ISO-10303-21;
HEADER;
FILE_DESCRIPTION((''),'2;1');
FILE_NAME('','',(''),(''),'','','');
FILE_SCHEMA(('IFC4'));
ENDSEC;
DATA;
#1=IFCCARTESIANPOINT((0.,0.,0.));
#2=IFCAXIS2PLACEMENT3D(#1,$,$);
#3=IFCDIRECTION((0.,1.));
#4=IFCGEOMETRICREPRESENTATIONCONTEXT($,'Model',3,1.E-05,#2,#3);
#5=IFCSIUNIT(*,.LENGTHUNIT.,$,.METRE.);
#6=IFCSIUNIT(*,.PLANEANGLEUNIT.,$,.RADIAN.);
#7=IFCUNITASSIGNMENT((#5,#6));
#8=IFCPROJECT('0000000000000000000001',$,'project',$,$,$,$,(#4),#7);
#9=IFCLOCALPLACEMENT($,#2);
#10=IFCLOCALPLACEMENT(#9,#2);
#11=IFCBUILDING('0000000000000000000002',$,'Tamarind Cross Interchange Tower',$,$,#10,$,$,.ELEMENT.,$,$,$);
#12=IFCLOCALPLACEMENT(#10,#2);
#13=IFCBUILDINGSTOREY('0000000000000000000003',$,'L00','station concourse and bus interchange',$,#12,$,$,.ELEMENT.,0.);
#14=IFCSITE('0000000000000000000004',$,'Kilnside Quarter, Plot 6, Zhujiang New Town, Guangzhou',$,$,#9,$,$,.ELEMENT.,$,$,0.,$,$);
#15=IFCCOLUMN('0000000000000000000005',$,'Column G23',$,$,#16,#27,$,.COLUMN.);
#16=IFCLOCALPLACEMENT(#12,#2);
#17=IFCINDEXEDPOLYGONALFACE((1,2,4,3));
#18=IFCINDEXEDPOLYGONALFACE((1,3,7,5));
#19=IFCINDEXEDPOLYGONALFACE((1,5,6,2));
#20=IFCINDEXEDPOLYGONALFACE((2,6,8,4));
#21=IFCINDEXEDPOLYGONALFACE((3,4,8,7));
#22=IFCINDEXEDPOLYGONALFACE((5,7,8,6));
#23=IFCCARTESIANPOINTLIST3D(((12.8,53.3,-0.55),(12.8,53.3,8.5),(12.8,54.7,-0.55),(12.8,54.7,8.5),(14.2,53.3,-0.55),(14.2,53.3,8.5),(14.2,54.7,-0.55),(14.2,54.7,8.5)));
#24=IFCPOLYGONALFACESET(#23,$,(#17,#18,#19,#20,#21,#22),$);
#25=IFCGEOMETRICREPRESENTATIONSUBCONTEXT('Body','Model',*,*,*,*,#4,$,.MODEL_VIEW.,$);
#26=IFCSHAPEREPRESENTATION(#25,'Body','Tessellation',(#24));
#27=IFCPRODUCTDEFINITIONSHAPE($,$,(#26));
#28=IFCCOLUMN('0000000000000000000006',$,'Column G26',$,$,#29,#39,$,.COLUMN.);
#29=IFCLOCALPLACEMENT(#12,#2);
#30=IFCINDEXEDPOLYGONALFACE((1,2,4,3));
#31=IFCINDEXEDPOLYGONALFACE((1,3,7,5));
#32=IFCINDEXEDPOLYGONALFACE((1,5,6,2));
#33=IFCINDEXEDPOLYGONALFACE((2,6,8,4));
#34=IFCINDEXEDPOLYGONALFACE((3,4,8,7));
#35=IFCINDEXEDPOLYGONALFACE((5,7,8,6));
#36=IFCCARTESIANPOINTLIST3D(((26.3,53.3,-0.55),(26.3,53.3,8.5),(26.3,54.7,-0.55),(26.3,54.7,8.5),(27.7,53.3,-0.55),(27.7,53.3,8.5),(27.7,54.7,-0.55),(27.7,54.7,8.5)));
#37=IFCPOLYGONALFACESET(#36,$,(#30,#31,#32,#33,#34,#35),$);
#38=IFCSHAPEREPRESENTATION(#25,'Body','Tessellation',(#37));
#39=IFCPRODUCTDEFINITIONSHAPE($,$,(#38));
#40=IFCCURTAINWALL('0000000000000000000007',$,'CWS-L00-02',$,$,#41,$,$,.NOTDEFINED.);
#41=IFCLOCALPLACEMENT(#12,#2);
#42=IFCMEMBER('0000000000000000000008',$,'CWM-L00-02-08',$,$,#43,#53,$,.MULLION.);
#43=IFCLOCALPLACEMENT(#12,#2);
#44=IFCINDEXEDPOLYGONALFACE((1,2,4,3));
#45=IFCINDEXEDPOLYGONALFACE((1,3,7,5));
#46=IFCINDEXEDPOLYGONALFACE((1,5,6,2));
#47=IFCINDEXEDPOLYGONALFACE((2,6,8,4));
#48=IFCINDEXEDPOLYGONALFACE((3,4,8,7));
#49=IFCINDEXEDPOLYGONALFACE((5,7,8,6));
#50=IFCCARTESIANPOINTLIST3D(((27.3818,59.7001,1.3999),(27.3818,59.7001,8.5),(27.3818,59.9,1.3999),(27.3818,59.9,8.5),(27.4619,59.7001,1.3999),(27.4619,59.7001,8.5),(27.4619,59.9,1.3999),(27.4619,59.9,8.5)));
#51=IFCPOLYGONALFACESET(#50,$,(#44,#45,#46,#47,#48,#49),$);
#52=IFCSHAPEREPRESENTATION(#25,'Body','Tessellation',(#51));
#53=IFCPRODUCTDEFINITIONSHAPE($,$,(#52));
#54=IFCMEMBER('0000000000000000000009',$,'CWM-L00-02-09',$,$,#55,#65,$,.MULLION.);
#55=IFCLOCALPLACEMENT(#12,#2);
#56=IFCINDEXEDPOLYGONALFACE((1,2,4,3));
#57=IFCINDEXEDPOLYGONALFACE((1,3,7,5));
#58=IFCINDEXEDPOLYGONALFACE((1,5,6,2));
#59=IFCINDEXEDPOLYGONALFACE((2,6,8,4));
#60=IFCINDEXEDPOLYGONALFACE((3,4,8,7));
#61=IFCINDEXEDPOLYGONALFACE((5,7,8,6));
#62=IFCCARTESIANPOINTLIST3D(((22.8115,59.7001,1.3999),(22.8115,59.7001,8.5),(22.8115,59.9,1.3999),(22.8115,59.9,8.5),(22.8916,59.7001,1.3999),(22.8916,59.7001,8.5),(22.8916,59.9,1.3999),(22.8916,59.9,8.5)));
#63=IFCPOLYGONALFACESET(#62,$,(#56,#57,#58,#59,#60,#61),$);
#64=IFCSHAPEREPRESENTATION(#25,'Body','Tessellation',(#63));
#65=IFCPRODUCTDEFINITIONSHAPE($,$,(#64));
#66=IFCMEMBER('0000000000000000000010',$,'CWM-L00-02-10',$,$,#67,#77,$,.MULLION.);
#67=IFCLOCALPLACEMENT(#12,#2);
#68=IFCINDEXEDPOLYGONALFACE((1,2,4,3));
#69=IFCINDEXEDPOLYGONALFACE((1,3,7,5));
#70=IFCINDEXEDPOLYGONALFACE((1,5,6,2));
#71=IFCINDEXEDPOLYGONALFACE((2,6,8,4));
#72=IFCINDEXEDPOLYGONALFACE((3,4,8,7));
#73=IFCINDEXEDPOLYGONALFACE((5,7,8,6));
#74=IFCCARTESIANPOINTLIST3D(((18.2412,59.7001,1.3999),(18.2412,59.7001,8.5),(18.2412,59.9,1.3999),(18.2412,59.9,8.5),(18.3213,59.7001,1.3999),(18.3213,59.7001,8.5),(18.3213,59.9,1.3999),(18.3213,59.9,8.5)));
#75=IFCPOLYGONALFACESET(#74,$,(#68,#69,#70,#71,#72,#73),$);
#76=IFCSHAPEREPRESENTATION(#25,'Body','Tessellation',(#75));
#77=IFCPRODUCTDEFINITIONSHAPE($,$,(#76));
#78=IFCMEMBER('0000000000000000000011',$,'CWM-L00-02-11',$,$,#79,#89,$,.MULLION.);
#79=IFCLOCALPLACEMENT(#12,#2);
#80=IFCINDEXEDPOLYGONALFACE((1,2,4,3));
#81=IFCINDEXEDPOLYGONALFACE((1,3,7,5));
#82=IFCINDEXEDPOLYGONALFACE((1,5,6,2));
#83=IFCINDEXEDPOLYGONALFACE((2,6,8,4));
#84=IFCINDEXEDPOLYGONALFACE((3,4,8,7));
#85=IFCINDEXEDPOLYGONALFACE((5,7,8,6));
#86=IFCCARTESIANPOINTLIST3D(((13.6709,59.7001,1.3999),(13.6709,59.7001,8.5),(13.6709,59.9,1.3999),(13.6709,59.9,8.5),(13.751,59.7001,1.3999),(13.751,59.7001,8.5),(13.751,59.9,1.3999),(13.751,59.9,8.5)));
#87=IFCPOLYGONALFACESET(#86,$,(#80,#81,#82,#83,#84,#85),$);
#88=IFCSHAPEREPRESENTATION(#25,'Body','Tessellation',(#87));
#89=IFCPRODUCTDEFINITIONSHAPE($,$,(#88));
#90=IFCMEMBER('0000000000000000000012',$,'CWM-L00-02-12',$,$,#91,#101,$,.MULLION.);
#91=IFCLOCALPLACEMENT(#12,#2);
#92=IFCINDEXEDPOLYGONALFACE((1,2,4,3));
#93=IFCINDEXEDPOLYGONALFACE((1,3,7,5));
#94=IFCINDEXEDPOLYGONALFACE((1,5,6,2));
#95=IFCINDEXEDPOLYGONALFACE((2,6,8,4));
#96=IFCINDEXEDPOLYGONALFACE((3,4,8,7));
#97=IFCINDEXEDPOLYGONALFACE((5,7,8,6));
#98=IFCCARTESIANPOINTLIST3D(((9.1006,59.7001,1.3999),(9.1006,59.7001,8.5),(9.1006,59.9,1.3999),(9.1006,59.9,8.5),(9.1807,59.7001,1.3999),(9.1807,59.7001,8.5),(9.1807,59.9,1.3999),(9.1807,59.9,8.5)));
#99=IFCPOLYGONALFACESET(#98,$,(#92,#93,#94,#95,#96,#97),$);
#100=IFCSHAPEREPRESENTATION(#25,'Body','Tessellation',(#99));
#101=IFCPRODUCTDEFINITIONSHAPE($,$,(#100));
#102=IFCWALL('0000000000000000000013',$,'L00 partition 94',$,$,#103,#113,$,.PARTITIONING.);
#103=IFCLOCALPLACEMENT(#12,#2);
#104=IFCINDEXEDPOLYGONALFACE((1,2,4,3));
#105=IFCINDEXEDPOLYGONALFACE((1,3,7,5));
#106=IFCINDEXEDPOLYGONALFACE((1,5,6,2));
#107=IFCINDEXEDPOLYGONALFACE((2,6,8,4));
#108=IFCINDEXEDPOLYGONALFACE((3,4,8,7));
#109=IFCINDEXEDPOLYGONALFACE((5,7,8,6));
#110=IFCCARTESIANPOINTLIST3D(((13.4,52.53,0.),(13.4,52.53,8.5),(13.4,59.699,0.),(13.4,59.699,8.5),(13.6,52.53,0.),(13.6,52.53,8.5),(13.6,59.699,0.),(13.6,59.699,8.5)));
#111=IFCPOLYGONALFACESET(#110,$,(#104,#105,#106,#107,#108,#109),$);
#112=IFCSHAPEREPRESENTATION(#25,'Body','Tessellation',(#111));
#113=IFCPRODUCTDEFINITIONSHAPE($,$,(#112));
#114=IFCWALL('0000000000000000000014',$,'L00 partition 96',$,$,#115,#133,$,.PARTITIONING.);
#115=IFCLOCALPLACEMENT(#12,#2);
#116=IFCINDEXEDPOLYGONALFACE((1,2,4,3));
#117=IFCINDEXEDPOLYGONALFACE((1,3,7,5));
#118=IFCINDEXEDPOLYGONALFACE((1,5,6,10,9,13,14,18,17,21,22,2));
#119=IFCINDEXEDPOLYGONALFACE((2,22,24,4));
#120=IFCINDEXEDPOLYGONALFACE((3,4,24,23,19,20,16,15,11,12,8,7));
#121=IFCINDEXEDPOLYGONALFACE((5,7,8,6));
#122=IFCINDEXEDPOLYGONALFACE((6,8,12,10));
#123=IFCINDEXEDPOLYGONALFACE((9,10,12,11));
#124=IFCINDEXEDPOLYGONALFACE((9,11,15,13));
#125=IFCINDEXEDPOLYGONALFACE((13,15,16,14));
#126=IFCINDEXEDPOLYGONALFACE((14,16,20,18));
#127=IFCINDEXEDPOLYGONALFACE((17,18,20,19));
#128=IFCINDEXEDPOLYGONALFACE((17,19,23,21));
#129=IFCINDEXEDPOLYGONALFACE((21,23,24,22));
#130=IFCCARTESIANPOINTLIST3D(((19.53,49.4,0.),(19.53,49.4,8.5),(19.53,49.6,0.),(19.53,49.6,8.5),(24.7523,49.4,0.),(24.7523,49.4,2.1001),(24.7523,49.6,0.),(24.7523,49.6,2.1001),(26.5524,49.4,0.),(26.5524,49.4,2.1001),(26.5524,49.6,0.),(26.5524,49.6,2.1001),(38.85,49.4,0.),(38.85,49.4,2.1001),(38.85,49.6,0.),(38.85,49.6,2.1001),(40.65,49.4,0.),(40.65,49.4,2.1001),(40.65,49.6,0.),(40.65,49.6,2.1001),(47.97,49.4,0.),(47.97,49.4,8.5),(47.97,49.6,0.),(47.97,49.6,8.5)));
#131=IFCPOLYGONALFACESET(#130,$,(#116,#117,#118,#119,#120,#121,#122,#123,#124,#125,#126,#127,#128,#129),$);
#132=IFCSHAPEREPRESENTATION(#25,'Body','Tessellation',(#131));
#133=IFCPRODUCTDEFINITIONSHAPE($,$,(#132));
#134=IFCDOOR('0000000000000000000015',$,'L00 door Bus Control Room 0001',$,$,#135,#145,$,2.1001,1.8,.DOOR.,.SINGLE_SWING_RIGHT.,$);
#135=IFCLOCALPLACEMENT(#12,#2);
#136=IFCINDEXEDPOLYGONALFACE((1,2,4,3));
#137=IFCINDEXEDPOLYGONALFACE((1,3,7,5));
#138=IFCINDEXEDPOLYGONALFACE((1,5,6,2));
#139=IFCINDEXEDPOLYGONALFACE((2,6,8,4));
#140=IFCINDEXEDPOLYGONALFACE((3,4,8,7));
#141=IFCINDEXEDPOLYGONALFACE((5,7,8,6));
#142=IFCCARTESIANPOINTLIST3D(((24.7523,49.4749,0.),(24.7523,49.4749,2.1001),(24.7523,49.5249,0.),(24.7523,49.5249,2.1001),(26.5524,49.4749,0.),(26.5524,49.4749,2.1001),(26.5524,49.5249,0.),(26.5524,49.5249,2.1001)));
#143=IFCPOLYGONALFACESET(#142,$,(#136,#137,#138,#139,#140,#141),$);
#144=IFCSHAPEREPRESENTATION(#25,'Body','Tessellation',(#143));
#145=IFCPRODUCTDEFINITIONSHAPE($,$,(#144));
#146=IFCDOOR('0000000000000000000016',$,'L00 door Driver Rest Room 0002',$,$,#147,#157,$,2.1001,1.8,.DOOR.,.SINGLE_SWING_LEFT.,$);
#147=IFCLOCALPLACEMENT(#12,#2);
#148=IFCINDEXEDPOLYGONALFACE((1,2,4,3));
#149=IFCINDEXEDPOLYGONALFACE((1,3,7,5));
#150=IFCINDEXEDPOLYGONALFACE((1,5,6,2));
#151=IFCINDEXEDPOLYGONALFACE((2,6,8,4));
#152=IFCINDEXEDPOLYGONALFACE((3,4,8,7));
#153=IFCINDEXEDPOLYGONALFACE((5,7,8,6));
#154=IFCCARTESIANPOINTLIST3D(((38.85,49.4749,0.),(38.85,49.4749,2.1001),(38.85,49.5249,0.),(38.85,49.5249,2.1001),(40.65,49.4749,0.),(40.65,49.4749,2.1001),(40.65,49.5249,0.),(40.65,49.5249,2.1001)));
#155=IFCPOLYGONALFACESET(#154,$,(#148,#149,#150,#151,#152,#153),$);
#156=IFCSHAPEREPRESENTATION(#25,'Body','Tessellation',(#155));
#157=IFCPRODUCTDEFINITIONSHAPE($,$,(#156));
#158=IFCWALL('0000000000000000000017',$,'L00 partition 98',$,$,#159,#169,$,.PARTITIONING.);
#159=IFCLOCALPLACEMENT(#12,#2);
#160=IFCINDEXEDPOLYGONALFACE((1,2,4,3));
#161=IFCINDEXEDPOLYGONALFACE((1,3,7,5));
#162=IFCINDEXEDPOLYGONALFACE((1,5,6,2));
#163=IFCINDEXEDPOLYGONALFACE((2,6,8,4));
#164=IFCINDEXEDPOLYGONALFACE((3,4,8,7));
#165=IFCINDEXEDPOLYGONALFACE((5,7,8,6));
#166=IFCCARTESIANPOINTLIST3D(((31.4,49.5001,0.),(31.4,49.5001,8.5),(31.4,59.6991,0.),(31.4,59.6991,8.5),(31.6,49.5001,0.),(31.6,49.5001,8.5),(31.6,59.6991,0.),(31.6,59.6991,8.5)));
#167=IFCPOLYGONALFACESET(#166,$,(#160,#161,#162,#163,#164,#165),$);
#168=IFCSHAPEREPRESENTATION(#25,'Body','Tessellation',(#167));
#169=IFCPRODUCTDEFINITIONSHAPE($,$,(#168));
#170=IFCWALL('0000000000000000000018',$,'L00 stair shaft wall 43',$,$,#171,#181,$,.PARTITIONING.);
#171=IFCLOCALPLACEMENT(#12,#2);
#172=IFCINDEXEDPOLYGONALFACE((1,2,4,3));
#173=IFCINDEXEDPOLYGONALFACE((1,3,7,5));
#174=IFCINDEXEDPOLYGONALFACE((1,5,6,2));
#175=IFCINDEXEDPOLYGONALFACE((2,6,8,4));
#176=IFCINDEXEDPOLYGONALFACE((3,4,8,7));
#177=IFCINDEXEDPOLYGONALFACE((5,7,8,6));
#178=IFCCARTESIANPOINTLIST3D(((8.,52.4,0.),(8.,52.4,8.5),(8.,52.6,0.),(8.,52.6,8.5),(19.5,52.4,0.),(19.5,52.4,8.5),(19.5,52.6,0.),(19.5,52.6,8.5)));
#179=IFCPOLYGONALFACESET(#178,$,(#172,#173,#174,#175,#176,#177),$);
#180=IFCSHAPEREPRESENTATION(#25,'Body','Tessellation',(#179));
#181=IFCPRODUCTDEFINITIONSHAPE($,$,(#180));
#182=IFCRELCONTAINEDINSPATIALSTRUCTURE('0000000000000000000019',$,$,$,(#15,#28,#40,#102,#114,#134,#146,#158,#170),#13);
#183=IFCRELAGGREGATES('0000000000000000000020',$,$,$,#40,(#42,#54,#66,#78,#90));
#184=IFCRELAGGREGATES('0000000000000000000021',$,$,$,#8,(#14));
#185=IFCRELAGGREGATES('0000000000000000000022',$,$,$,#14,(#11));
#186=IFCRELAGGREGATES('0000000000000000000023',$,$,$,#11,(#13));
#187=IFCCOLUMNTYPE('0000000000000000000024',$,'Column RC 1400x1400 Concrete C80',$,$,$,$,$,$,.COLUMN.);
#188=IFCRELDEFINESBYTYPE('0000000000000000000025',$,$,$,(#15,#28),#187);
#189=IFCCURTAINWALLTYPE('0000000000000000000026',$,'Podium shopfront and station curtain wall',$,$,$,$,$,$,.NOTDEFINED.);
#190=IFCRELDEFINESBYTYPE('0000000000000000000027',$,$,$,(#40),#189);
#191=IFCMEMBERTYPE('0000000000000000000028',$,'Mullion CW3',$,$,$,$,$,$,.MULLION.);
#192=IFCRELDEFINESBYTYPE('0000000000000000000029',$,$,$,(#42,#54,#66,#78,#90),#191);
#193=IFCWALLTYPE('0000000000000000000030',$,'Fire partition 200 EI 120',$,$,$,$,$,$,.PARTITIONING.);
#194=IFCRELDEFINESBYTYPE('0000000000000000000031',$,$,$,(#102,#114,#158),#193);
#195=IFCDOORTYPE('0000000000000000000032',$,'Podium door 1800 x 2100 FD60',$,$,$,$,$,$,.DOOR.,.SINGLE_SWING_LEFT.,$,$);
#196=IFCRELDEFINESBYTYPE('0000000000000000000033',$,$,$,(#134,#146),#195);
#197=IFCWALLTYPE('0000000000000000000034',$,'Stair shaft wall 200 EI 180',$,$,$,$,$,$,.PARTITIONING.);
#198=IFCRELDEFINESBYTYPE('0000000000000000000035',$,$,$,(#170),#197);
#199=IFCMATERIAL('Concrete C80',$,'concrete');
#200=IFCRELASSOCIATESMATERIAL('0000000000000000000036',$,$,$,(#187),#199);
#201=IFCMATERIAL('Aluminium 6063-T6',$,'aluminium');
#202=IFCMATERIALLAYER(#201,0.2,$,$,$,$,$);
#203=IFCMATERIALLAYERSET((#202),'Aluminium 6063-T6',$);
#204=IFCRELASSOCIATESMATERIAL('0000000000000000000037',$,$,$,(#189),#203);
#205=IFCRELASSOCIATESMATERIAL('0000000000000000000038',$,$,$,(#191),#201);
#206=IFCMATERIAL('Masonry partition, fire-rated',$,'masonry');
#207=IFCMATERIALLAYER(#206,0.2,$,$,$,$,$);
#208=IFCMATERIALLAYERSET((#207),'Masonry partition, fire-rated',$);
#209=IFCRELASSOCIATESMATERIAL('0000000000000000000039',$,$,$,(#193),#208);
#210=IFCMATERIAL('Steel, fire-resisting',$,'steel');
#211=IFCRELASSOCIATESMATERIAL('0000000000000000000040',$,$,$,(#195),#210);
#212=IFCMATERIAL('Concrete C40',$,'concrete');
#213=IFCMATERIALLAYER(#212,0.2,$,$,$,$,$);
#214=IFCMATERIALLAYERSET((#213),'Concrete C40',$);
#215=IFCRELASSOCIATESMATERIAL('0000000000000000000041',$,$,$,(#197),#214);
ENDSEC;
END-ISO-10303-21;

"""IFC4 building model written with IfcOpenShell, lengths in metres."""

from ifc_helpers import new_model, si_unit, direction, frame, frame_2d, origin, origin_2d, place, context, subcontext, project, spatial, rectangle, extrude, material, layer, layer_set, material_profile, profile_set, type_object, element, fill, aggregate, save


model = new_model("IFC4")

# Units and contexts
model_context = context("Model", 3, precision=1e-05, world=origin(), true_north=direction((0.0, 1.0)))
body_context = subcontext(model_context, "Body", "Model", "MODEL_VIEW")
ifc_project = project(units=[si_unit("LENGTHUNIT", "METRE"), si_unit("PLANEANGLEUNIT", "RADIAN")], contexts=[model_context])

# Site, building, storey
site_placement = place(None, origin())
site = spatial("IfcSite", under=ifc_project, at=site_placement, Name="Kilnside Quarter, Plot 6, Zhujiang New Town, Guangzhou", CompositionType="ELEMENT", RefElevation=0.0)
building_placement = place(site_placement, origin())
building = spatial("IfcBuilding", under=site, at=building_placement, Name="Tamarind Cross Interchange Tower", CompositionType="ELEMENT")
storey_placement = place(building_placement, origin())
storey = spatial("IfcBuildingStorey", under=building, at=storey_placement, Name="L00", Description="station concourse and bus interchange", CompositionType="ELEMENT", Elevation=0.0)

# Columns
ifc_material_1 = material(Name="Concrete C80", Category="concrete")
ifc_material_profile_1 = material_profile(ifc_material_1, rectangle(XDim=1.3999, YDim=1.3999, at=origin_2d()), Name="RC 1400x1400")
ifc_profile_set_1 = profile_set([ifc_material_profile_1], Name="Concrete C80")
column_type = type_object("IfcColumnType", Name="Column RC 1400x1400 Concrete C80", PredefinedType="COLUMN", material=ifc_profile_set_1)
for number, where, z_axis, x_axis, name in (
    (1, (13.5, 54.0, -0.55), (0.0, 0.0, 1.0), (1.0, 0.0, 0.0), "Column G23"),
    (2, (27.0, 54.0, -0.55), (0.0, 0.0, 1.0), (1.0, 0.0, 0.0), "Column G26"),
):
    element("IfcColumn", number, at=place(storey_placement, frame(where, z_axis=z_axis, x_axis=x_axis)), inside=storey, type_object=column_type, Name=name, PredefinedType="COLUMN", context=body_context, shape_type="SweptSolid", body=[
        extrude(rectangle(XDim=1.3999, YDim=1.3999, at=origin_2d()), origin(), (0.0, 0.0, 1.0), 9.05),
    ])

# Curtain wall, members
ifc_material_2 = material(Name="Aluminium 6063-T6", Category="aluminium")
ifc_layer_1 = layer(ifc_material_2, 0.2)
ifc_layer_set_1 = layer_set([ifc_layer_1], Name="Aluminium 6063-T6")
curtain_wall_type = type_object("IfcCurtainWallType", Name="Podium shopfront and station curtain wall", PredefinedType="NOTDEFINED", material=ifc_layer_set_1)
curtain_wall_placement = place(storey_placement, origin())
curtain_wall = element("IfcCurtainWall", 3, at=curtain_wall_placement, inside=storey, type_object=curtain_wall_type, Name="CWS-L00-02", PredefinedType="NOTDEFINED")
ifc_material_profile_2 = material_profile(ifc_material_2, rectangle(XDim=0.0801, YDim=0.2, at=origin_2d()), Name="Mullion CW3")
ifc_profile_set_2 = profile_set([ifc_material_profile_2], Name="Aluminium 6063-T6")
member_type = type_object("IfcMemberType", Name="Mullion CW3", PredefinedType="MULLION", material=ifc_profile_set_2)
member_1_placement = place(storey_placement, frame((27.4219, 59.8, 1.3999), z_axis=(0.0, 0.0, 1.0), x_axis=(-1.0, 0.0, 0.0)))
member_1 = element("IfcMember", 4, at=member_1_placement, type_object=member_type, Name="CWM-L00-02-08", PredefinedType="MULLION", context=body_context, shape_type="SweptSolid", body=[
    extrude(rectangle(XDim=0.0801, YDim=0.2, at=origin_2d()), origin(), (0.0, 0.0, 1.0), 7.1001),
])
member_2_placement = place(storey_placement, frame((22.8516, 59.8, 1.3999), z_axis=(0.0, 0.0, 1.0), x_axis=(-1.0, 0.0, 0.0)))
member_2 = element("IfcMember", 5, at=member_2_placement, type_object=member_type, Name="CWM-L00-02-09", PredefinedType="MULLION", context=body_context, shape_type="SweptSolid", body=[
    extrude(rectangle(XDim=0.0801, YDim=0.2, at=origin_2d()), origin(), (0.0, 0.0, 1.0), 7.1001),
])
member_3_placement = place(storey_placement, frame((18.2812, 59.8, 1.3999), z_axis=(0.0, 0.0, 1.0), x_axis=(-1.0, 0.0, 0.0)))
member_3 = element("IfcMember", 6, at=member_3_placement, type_object=member_type, Name="CWM-L00-02-10", PredefinedType="MULLION", context=body_context, shape_type="SweptSolid", body=[
    extrude(rectangle(XDim=0.0801, YDim=0.2, at=origin_2d()), origin(), (0.0, 0.0, 1.0), 7.1001),
])
member_4_placement = place(storey_placement, frame((13.7109, 59.8, 1.3999), z_axis=(0.0, 0.0, 1.0), x_axis=(-1.0, 0.0, 0.0)))
member_4 = element("IfcMember", 7, at=member_4_placement, type_object=member_type, Name="CWM-L00-02-11", PredefinedType="MULLION", context=body_context, shape_type="SweptSolid", body=[
    extrude(rectangle(XDim=0.0801, YDim=0.2, at=origin_2d()), origin(), (0.0, 0.0, 1.0), 7.1001),
])
member_5_placement = place(storey_placement, frame((9.1406, 59.8, 1.3999), z_axis=(0.0, 0.0, 1.0), x_axis=(-1.0, 0.0, 0.0)))
member_5 = element("IfcMember", 8, at=member_5_placement, type_object=member_type, Name="CWM-L00-02-12", PredefinedType="MULLION", context=body_context, shape_type="SweptSolid", body=[
    extrude(rectangle(XDim=0.0801, YDim=0.2, at=origin_2d()), origin(), (0.0, 0.0, 1.0), 7.1001),
])
aggregate(curtain_wall, [member_1, member_2, member_3, member_4, member_5])

# Wall
ifc_material_3 = material(Name="Masonry partition, fire-rated", Category="masonry")
ifc_layer_2 = layer(ifc_material_3, 0.2)
ifc_layer_set_2 = layer_set([ifc_layer_2], Name="Masonry partition, fire-rated")
wall_type_1 = type_object("IfcWallType", Name="Fire partition 200 EI 120", PredefinedType="PARTITIONING", material=ifc_layer_set_2)
wall_1_placement = place(storey_placement, frame((13.5, 52.53, 0.0), z_axis=(0.0, 0.0, 1.0), x_axis=(0.0, 1.0, 0.0)))
element("IfcWall", 9, at=wall_1_placement, inside=storey, type_object=wall_type_1, Name="L00 partition 94", PredefinedType="PARTITIONING", context=body_context, shape_type="SweptSolid", body=[
    extrude(rectangle(XDim=7.1689, YDim=0.2, at=frame_2d((3.5845, 0.0))), origin(), (0.0, 0.0, 1.0), 8.5),
])

# Wall, openings, doors
wall_2_placement = place(storey_placement, frame((19.53, 49.5, 0.0), z_axis=(0.0, 0.0, 1.0), x_axis=(1.0, 0.0, 0.0)))
wall_2 = element("IfcWall", 10, at=wall_2_placement, inside=storey, type_object=wall_type_1, Name="L00 partition 96", PredefinedType="PARTITIONING", context=body_context, shape_type="SweptSolid", body=[
    extrude(rectangle(XDim=28.4399, YDim=0.2, at=frame_2d((14.22, 0.0))), origin(), (0.0, 0.0, 1.0), 8.5),
])
opening_1_placement = place(wall_2_placement, frame((5.2224, 0.0, 0.0)))
opening_1 = element("IfcOpeningElement", 11, at=opening_1_placement, cuts=wall_2, PredefinedType="OPENING", context=body_context, shape_type="SweptSolid", body=[
    extrude(rectangle(XDim=1.8, YDim=2.1001, at=frame_2d((0.8999, 1.05))), frame((0.0, 0.1099, 0.0), z_axis=(0.0, -1.0, 0.0), x_axis=(1.0, 0.0, 0.0)), (0.0, 0.0, 1.0), 0.22),
])
opening_2_placement = place(wall_2_placement, frame((19.3201, 0.0, 0.0)))
opening_2 = element("IfcOpeningElement", 12, at=opening_2_placement, cuts=wall_2, PredefinedType="OPENING", context=body_context, shape_type="SweptSolid", body=[
    extrude(rectangle(XDim=1.8, YDim=2.1001, at=frame_2d((0.8999, 1.05))), frame((0.0, 0.1099, 0.0), z_axis=(0.0, -1.0, 0.0), x_axis=(1.0, 0.0, 0.0)), (0.0, 0.0, 1.0), 0.22),
])
ifc_material_4 = material(Name="Steel, fire-resisting", Category="steel")
door_type_1 = type_object("IfcDoorType", Name="Podium door 1800 x 2100 FD60", OperationType="SINGLE_SWING_LEFT", PredefinedType="DOOR", material=ifc_material_4)
door_1_placement = place(opening_1_placement, origin())
door_1 = element("IfcDoor", 13, at=door_1_placement, inside=storey, type_object=door_type_1, Name="L00 door Bus Control Room 0001", OperationType="SINGLE_SWING_RIGHT", OverallHeight=2.1001, OverallWidth=1.8, PredefinedType="DOOR", context=body_context, shape_type="SweptSolid", body=[
    extrude(rectangle(XDim=1.8, YDim=2.1001, at=frame_2d((0.8999, 1.05))), frame((0.0, 0.0249, 0.0), z_axis=(0.0, -1.0, 0.0), x_axis=(1.0, 0.0, 0.0)), (0.0, 0.0, 1.0), 0.05),
])
fill(opening_1, door_1)
door_2_placement = place(opening_2_placement, origin())
door_2 = element("IfcDoor", 14, at=door_2_placement, inside=storey, type_object=door_type_1, Name="L00 door Driver Rest Room 0002", OperationType="SINGLE_SWING_LEFT", OverallHeight=2.1001, OverallWidth=1.8, PredefinedType="DOOR", context=body_context, shape_type="SweptSolid", body=[
    extrude(rectangle(XDim=1.8, YDim=2.1001, at=frame_2d((0.8999, 1.05))), frame((0.0, 0.0249, 0.0), z_axis=(0.0, -1.0, 0.0), x_axis=(1.0, 0.0, 0.0)), (0.0, 0.0, 1.0), 0.05),
])
fill(opening_2, door_2)

# Wall
wall_3_placement = place(storey_placement, frame((31.5, 49.5, 0.0), z_axis=(0.0, 0.0, 1.0), x_axis=(0.0, 1.0, 0.0)))
element("IfcWall", 15, at=wall_3_placement, inside=storey, type_object=wall_type_1, Name="L00 partition 98", PredefinedType="PARTITIONING", context=body_context, shape_type="SweptSolid", body=[
    extrude(rectangle(XDim=10.199, YDim=0.2, at=frame_2d((5.0996, 0.0))), origin(), (0.0, 0.0, 1.0), 8.5),
])

# Wall
ifc_material_5 = material(Name="Concrete C40", Category="concrete")
ifc_layer_3 = layer(ifc_material_5, 0.2)
ifc_layer_set_3 = layer_set([ifc_layer_3], Name="Concrete C40")
wall_type_2 = type_object("IfcWallType", Name="Stair shaft wall 200 EI 180", PredefinedType="PARTITIONING", material=ifc_layer_set_3)
wall_4_placement = place(storey_placement, frame((8.0, 52.5, 0.0), z_axis=(0.0, 0.0, 1.0), x_axis=(1.0, 0.0, 0.0)))
element("IfcWall", 16, at=wall_4_placement, inside=storey, type_object=wall_type_2, Name="L00 stair shaft wall 43", PredefinedType="PARTITIONING", context=body_context, shape_type="SweptSolid", body=[
    extrude(rectangle(XDim=11.5, YDim=0.2, at=frame_2d((5.75, 0.0))), origin(), (0.0, 0.0, 1.0), 8.5),
])

save(model, "model.ifc")
